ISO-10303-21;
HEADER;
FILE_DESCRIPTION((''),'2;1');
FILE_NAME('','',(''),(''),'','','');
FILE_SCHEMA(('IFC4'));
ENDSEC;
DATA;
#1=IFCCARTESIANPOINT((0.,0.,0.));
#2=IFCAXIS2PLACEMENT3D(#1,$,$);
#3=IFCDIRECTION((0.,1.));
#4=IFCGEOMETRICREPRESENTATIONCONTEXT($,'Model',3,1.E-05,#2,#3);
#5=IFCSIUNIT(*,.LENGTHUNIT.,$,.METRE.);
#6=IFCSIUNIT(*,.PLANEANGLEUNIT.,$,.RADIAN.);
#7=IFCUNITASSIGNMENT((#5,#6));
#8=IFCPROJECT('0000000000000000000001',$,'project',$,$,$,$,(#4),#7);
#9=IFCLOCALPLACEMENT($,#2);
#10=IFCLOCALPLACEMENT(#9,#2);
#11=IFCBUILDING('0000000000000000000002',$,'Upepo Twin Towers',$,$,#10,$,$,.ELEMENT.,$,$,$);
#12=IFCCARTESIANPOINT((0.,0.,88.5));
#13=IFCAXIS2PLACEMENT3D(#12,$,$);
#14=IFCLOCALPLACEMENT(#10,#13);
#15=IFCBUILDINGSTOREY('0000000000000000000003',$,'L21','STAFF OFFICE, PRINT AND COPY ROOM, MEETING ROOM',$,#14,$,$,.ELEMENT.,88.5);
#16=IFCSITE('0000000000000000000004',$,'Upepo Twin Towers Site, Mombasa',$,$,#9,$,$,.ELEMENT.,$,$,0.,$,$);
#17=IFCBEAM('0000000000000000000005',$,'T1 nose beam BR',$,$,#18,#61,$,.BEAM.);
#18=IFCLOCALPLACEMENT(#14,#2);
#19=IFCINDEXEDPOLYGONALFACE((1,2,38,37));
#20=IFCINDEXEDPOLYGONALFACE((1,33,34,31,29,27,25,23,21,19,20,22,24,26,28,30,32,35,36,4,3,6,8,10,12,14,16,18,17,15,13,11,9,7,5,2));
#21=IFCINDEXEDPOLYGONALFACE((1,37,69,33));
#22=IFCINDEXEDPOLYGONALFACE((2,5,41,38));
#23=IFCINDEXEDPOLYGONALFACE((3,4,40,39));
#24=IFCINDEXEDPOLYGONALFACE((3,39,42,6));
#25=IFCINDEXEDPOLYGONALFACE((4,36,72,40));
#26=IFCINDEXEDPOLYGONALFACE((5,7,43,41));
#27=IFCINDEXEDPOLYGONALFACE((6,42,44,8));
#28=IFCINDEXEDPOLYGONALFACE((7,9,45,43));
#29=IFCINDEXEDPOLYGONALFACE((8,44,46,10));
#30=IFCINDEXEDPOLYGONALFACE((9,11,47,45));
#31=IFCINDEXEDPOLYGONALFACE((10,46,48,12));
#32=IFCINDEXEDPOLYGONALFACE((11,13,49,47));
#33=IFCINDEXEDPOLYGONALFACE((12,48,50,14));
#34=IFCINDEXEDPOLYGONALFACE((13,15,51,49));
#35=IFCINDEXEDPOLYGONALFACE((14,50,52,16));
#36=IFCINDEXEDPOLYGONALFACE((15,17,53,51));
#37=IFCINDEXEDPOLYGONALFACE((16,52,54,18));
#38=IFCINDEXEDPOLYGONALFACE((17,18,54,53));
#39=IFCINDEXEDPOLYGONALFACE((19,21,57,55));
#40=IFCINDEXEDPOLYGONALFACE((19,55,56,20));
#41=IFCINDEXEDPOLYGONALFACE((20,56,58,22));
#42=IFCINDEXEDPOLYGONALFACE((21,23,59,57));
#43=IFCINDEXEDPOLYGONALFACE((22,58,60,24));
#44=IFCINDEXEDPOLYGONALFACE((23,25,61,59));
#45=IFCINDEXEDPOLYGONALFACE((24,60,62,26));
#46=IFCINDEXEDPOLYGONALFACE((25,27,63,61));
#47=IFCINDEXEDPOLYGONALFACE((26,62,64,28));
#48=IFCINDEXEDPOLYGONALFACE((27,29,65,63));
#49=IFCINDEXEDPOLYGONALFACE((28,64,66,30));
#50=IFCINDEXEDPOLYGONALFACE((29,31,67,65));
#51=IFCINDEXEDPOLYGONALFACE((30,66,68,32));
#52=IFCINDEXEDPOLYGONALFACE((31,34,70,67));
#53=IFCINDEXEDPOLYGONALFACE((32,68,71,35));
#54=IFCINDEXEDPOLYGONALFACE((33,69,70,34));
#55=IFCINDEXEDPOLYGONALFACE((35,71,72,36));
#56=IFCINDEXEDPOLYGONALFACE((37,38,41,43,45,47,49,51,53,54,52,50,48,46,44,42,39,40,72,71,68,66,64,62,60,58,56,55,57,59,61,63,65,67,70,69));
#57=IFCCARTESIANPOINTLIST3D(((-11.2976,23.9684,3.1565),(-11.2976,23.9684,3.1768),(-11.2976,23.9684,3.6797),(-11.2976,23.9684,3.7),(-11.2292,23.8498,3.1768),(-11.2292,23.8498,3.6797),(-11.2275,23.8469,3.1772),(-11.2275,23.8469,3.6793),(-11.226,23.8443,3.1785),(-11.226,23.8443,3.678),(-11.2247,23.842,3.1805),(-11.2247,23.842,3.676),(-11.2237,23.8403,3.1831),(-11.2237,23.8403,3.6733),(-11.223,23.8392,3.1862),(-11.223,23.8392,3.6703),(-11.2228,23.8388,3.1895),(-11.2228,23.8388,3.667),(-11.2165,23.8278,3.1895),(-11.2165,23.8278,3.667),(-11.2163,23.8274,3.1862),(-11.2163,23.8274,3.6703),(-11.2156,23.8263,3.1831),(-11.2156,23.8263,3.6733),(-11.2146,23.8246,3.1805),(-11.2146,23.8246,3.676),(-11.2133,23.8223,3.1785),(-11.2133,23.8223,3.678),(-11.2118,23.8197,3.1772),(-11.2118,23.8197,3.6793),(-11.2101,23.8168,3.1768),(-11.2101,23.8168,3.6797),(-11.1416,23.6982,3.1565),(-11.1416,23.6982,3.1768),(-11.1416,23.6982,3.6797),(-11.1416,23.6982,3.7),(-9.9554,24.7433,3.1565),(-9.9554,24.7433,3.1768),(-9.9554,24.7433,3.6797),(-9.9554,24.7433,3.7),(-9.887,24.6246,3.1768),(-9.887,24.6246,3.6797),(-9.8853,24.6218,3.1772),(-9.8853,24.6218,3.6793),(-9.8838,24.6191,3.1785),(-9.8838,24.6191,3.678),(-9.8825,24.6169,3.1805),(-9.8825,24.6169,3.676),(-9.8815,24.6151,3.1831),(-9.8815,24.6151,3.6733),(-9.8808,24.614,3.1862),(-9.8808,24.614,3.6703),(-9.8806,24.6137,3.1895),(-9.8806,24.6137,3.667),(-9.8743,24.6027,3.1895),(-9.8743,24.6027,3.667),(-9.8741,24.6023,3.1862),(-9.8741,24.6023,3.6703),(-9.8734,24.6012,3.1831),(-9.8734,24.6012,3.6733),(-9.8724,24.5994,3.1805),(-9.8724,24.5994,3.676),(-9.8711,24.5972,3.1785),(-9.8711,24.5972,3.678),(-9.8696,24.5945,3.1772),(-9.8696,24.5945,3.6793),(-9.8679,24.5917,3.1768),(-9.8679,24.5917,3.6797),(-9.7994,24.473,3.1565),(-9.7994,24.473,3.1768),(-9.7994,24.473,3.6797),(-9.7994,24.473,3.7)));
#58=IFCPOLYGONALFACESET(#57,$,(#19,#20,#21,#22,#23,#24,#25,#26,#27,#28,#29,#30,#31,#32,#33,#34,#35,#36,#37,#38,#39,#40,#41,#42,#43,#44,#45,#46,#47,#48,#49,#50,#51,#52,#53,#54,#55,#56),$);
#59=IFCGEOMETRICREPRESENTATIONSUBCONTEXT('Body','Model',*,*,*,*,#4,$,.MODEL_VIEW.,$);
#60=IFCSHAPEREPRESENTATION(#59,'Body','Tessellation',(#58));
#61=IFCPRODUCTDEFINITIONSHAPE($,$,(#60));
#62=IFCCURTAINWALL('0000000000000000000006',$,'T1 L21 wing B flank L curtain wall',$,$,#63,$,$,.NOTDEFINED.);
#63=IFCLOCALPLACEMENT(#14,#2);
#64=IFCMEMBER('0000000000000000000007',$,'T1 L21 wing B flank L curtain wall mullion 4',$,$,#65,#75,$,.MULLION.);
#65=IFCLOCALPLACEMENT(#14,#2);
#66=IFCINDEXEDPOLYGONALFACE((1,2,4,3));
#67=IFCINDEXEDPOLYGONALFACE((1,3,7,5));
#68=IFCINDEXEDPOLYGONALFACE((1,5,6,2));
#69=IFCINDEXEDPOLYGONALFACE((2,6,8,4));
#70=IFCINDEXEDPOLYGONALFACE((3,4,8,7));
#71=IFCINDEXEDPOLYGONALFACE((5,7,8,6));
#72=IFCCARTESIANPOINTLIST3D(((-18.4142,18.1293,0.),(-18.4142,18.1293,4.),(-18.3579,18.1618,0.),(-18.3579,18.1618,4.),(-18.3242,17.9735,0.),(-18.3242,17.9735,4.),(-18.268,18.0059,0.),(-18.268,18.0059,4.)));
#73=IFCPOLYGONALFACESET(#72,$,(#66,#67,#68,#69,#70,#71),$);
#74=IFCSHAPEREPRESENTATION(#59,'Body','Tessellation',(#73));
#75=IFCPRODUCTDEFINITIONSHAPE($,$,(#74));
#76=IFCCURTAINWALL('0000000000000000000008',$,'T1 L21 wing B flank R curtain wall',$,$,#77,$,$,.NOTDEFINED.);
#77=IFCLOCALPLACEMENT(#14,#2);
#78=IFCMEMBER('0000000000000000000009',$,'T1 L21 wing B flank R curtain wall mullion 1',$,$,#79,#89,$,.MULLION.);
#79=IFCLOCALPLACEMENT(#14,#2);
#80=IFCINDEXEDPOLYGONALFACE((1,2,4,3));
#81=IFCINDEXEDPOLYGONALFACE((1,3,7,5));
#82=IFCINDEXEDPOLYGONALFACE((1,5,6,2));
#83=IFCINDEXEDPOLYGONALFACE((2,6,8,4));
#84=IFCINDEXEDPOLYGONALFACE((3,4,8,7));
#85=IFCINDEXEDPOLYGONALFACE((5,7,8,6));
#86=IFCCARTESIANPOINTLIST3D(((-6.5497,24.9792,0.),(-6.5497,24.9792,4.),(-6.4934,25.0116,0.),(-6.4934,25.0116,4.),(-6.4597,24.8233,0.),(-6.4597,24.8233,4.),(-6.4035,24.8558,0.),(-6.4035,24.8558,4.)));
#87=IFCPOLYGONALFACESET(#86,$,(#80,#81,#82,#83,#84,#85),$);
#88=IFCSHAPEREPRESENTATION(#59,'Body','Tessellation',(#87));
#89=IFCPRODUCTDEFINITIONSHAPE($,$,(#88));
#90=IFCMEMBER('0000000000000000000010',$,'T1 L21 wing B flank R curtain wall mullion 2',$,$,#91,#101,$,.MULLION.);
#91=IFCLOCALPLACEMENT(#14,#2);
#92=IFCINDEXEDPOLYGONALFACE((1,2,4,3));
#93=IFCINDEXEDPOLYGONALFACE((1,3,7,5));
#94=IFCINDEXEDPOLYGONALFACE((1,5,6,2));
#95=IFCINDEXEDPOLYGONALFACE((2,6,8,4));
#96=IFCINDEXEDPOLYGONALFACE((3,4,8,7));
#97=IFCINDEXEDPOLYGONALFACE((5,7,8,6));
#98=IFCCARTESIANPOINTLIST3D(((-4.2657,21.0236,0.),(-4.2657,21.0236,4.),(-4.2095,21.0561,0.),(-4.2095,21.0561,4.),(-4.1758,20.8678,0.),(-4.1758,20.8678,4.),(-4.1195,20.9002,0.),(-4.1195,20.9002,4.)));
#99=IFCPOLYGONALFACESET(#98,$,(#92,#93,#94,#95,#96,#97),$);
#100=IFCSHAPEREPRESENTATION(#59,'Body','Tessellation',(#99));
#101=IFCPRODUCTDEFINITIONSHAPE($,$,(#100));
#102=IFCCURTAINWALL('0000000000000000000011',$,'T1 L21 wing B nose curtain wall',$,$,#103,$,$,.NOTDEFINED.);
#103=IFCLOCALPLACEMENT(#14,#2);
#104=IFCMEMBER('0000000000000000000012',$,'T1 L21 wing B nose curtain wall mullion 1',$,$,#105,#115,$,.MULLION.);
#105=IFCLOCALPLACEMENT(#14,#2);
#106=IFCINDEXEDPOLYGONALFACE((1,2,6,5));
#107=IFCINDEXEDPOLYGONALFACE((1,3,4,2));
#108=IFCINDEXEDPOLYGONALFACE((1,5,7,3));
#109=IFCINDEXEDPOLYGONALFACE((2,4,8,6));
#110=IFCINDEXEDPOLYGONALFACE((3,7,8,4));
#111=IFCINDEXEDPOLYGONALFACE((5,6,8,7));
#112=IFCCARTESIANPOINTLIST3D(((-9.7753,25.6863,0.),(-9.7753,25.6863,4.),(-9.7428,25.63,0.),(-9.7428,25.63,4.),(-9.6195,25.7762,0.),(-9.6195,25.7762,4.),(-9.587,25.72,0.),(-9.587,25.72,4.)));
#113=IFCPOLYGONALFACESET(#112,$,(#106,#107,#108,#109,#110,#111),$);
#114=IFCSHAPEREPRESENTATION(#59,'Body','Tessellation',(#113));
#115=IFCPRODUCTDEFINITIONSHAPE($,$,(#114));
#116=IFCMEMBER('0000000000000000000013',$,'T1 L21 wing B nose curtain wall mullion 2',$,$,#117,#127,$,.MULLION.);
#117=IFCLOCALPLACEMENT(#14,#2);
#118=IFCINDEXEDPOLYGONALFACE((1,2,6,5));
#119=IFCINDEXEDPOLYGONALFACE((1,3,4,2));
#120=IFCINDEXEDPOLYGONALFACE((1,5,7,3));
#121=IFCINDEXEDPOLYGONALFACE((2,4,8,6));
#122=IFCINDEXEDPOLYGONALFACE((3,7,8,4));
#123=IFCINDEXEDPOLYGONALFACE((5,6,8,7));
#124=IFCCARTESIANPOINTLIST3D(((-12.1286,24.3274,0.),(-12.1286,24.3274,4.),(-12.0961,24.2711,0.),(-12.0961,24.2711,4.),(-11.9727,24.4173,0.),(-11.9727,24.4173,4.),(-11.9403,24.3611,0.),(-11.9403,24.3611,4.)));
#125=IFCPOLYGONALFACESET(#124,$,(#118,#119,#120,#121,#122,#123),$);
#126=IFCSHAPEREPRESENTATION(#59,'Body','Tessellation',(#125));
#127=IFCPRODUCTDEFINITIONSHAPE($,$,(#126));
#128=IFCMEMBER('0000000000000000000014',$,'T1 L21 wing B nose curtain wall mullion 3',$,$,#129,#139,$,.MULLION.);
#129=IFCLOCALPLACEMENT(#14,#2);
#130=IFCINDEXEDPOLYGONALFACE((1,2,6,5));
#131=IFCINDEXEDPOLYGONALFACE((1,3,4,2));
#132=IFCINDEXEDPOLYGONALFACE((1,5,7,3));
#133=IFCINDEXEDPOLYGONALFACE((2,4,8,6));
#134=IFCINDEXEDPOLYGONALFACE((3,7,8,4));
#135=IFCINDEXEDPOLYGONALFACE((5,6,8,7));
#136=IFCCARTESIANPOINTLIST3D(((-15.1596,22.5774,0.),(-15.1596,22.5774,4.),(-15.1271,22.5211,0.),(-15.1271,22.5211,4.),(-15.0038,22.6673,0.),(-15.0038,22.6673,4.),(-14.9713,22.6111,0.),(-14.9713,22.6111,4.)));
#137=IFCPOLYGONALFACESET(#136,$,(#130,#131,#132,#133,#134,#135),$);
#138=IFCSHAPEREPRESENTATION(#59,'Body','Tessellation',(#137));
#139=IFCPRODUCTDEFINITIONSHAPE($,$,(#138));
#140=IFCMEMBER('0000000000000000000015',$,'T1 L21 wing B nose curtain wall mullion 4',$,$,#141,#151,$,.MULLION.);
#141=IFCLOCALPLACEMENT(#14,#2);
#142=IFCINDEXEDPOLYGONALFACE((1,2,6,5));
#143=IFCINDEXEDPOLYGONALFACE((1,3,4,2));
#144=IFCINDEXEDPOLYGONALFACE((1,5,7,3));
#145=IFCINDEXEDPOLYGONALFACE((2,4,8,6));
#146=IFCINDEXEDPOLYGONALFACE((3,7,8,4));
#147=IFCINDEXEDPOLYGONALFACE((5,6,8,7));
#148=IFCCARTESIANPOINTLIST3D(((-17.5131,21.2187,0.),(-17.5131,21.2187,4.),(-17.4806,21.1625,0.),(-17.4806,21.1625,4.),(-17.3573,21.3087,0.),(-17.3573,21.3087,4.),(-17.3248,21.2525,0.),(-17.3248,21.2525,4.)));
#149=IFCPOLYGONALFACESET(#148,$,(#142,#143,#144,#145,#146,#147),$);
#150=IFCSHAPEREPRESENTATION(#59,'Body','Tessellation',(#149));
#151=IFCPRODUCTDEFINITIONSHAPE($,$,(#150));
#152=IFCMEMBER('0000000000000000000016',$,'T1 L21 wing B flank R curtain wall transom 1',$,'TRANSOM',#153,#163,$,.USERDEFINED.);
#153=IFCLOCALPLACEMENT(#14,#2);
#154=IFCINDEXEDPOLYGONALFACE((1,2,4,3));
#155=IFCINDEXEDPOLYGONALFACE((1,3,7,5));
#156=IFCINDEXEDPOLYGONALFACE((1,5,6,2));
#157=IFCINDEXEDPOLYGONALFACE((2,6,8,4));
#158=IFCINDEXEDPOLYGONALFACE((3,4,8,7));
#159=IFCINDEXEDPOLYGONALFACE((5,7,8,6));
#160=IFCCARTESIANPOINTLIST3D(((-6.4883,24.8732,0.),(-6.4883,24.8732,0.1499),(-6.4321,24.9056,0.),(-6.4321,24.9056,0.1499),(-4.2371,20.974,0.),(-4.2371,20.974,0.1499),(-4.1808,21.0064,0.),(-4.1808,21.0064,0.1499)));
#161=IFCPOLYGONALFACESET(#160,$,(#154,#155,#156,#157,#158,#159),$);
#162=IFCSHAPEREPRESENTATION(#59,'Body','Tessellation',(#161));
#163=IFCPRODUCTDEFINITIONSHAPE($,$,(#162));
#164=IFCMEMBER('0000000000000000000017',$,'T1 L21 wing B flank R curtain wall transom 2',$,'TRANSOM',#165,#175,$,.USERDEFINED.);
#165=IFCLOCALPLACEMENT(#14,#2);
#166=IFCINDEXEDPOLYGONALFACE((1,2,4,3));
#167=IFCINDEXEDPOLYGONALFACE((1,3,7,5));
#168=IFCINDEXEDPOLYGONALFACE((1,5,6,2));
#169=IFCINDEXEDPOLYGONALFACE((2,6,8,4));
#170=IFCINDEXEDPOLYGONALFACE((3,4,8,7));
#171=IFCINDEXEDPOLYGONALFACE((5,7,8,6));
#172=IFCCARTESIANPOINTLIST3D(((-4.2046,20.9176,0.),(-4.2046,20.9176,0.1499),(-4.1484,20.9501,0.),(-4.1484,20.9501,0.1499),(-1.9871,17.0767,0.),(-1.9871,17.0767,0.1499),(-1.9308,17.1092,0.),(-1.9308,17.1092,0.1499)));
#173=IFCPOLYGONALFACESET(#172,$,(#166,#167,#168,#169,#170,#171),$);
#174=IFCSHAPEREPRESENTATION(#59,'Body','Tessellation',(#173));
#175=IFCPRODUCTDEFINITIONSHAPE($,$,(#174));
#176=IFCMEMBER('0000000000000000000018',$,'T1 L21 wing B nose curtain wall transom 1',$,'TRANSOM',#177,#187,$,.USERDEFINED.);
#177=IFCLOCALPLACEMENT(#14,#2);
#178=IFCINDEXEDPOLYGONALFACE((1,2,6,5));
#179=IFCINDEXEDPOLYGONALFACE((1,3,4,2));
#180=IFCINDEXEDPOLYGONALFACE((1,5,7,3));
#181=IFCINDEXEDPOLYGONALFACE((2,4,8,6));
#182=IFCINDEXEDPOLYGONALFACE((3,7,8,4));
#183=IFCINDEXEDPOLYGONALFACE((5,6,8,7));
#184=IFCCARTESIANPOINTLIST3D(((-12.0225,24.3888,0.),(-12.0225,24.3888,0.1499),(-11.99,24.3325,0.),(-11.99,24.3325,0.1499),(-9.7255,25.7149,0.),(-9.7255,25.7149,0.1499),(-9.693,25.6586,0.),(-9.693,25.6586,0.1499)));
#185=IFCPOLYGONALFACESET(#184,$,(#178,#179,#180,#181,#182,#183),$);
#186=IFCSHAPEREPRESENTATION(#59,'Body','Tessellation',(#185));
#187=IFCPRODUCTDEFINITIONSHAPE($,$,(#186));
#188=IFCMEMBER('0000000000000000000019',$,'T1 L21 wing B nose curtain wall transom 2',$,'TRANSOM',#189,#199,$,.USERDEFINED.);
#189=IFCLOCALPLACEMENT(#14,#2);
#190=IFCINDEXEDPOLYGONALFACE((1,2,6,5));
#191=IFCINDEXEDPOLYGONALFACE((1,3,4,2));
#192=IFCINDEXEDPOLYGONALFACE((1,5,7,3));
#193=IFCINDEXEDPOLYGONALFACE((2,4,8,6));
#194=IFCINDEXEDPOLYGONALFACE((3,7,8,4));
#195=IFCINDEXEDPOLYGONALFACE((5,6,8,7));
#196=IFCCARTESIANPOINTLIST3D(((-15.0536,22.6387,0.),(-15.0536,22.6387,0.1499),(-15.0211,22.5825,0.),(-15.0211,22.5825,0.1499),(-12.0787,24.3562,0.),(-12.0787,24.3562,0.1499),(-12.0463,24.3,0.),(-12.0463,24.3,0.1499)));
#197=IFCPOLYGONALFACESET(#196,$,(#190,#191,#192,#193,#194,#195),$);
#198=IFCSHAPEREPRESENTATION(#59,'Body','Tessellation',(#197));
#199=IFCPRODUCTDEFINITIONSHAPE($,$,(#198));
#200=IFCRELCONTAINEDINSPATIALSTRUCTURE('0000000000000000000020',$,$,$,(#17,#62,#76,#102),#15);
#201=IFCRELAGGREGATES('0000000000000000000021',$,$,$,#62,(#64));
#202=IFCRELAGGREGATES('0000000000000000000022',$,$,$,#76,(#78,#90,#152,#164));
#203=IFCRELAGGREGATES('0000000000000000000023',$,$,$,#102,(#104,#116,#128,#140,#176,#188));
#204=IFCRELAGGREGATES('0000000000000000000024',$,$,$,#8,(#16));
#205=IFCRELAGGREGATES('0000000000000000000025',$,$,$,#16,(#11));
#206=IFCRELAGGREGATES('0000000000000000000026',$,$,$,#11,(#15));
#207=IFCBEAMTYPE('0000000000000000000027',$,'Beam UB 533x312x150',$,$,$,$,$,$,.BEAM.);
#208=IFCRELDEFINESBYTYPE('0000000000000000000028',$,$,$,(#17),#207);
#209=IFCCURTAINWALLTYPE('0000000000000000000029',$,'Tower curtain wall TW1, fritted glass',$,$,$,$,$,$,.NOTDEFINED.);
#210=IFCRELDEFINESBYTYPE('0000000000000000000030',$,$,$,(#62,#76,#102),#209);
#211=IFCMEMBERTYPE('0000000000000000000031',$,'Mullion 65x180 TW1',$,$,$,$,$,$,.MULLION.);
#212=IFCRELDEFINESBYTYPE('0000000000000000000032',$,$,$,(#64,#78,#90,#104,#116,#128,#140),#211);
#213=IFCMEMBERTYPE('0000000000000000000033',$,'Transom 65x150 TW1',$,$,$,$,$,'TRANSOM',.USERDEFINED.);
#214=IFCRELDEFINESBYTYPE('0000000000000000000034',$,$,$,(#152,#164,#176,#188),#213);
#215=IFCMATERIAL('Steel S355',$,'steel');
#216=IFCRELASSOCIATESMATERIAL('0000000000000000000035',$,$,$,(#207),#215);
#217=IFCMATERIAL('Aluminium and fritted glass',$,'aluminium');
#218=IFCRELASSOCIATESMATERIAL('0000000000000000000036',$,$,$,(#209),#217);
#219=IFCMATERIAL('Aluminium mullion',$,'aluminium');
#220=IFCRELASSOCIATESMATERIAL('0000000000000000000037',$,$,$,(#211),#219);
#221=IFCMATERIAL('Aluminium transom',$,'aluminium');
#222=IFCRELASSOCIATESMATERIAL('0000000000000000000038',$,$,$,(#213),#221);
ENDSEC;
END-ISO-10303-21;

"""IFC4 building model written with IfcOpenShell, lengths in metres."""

from ifc_helpers import new_model, si_unit, direction, frame, origin, origin_2d, place, context, subcontext, project, spatial, rectangle, i_section, extrude, material, material_profile, profile_set, type_object, element, aggregate, save


model = new_model("IFC4")

# Units and contexts
model_context = context("Model", 3, precision=1e-05, world=origin(), true_north=direction((0.0, 1.0)))
body_context = subcontext(model_context, "Body", "Model", "MODEL_VIEW")
ifc_project = project(units=[si_unit("LENGTHUNIT", "METRE"), si_unit("PLANEANGLEUNIT", "RADIAN")], contexts=[model_context])

# Site, building, storey
site_placement = place(None, origin())
site = spatial("IfcSite", under=ifc_project, at=site_placement, Name="Upepo Twin Towers Site, Mombasa", CompositionType="ELEMENT", RefElevation=0.0)
building_placement = place(site_placement, origin())
building = spatial("IfcBuilding", under=site, at=building_placement, Name="Upepo Twin Towers", CompositionType="ELEMENT")
storey_placement = place(building_placement, frame((0.0, 0.0, 88.5)))
storey = spatial("IfcBuildingStorey", under=building, at=storey_placement, Name="L21", Description="STAFF OFFICE, PRINT AND COPY ROOM, MEETING ROOM", CompositionType="ELEMENT", Elevation=88.5)

# Beam
ifc_material_1 = material(Name="Steel S355", Category="steel")
ifc_material_profile_1 = material_profile(ifc_material_1, i_section(OverallWidth=0.312, OverallDepth=0.5435, WebThickness=0.0127, FlangeThickness=0.0203, FilletRadius=0.0127, at=origin_2d()), Name="UB 533x312x150")
ifc_profile_set_1 = profile_set([ifc_material_profile_1], Name="Steel S355")
beam_type_1 = type_object("IfcBeamType", Name="Beam UB 533x312x150", PredefinedType="BEAM", material=ifc_profile_set_1)
for number, where, z_axis, x_axis, name in (
    (1, (-9.8774, 24.6082, 3.4282), (-0.866044, -0.499968, 0.0), (0.499968, -0.866044, 0.0), "T1 nose beam BR"),
):
    element("IfcBeam", number, at=place(storey_placement, frame(where, z_axis=z_axis, x_axis=x_axis)), inside=storey, type_object=beam_type_1, Name=name, PredefinedType="BEAM", context=body_context, shape_type="SweptSolid", body=[
        extrude(i_section(OverallWidth=0.312, OverallDepth=0.5435, WebThickness=0.0127, FlangeThickness=0.0203, FilletRadius=0.0127, at=origin_2d()), origin(), (0.0, 0.0, 1.0), 1.5498),
    ])

# Curtain wall, member
ifc_material_2 = material(Name="Aluminium and fritted glass", Category="aluminium")
curtain_wall_type = type_object("IfcCurtainWallType", Name="Tower curtain wall TW1, fritted glass", PredefinedType="NOTDEFINED", material=ifc_material_2)
curtain_wall_1_placement = place(storey_placement, origin())
curtain_wall_1 = element("IfcCurtainWall", 2, at=curtain_wall_1_placement, inside=storey, type_object=curtain_wall_type, Name="T1 L21 wing B flank L curtain wall", PredefinedType="NOTDEFINED")
ifc_material_3 = material(Name="Aluminium mullion", Category="aluminium")
ifc_material_profile_2 = material_profile(ifc_material_3, rectangle(XDim=0.0649, YDim=0.1799, at=origin_2d()), Name="MULLION 65x180")
ifc_profile_set_2 = profile_set([ifc_material_profile_2], Name="Aluminium mullion")
member_type_1 = type_object("IfcMemberType", Name="Mullion 65x180 TW1", PredefinedType="MULLION", material=ifc_profile_set_2)
member_1_placement = place(storey_placement, frame((-18.3411, 18.0676, 0.0), z_axis=(0.0, 0.0, 1.0), x_axis=(-0.866025, -0.5, 0.0)))
member_1 = element("IfcMember", 3, at=member_1_placement, type_object=member_type_1, Name="T1 L21 wing B flank L curtain wall mullion 4", PredefinedType="MULLION", context=body_context, shape_type="SweptSolid", body=[
    extrude(rectangle(XDim=0.0649, YDim=0.1799, at=origin_2d()), origin(), (0.0, 0.0, 1.0), 4.0),
])
aggregate(curtain_wall_1, [member_1])

# Curtain walls, members
curtain_wall_2_placement = place(storey_placement, origin())
curtain_wall_2 = element("IfcCurtainWall", 4, at=curtain_wall_2_placement, inside=storey, type_object=curtain_wall_type, Name="T1 L21 wing B flank R curtain wall", PredefinedType="NOTDEFINED")
member_2_placement = place(storey_placement, frame((-6.4766, 24.9175, 0.0), z_axis=(0.0, 0.0, 1.0), x_axis=(0.866025, 0.5, 0.0)))
member_2 = element("IfcMember", 5, at=member_2_placement, type_object=member_type_1, Name="T1 L21 wing B flank R curtain wall mullion 1", PredefinedType="MULLION", context=body_context, shape_type="SweptSolid", body=[
    extrude(rectangle(XDim=0.0649, YDim=0.1799, at=origin_2d()), origin(), (0.0, 0.0, 1.0), 4.0),
])
member_3_placement = place(storey_placement, frame((-4.1926, 20.9619, 0.0), z_axis=(0.0, 0.0, 1.0), x_axis=(0.866025, 0.5, 0.0)))
member_3 = element("IfcMember", 6, at=member_3_placement, type_object=member_type_1, Name="T1 L21 wing B flank R curtain wall mullion 2", PredefinedType="MULLION", context=body_context, shape_type="SweptSolid", body=[
    extrude(rectangle(XDim=0.0649, YDim=0.1799, at=origin_2d()), origin(), (0.0, 0.0, 1.0), 4.0),
])
curtain_wall_3_placement = place(storey_placement, origin())
curtain_wall_3 = element("IfcCurtainWall", 7, at=curtain_wall_3_placement, inside=storey, type_object=curtain_wall_type, Name="T1 L21 wing B nose curtain wall", PredefinedType="NOTDEFINED")
member_4_placement = place(storey_placement, frame((-9.6812, 25.7031, 0.0), z_axis=(0.0, 0.0, 1.0), x_axis=(0.5, -0.866025, 0.0)))
member_4 = element("IfcMember", 8, at=member_4_placement, type_object=member_type_1, Name="T1 L21 wing B nose curtain wall mullion 1", PredefinedType="MULLION", context=body_context, shape_type="SweptSolid", body=[
    extrude(rectangle(XDim=0.0649, YDim=0.1799, at=origin_2d()), origin(), (0.0, 0.0, 1.0), 4.0),
])
member_5_placement = place(storey_placement, frame((-12.0344, 24.3442, 0.0), z_axis=(0.0, 0.0, 1.0), x_axis=(0.5, -0.866025, 0.0)))
member_5 = element("IfcMember", 9, at=member_5_placement, type_object=member_type_1, Name="T1 L21 wing B nose curtain wall mullion 2", PredefinedType="MULLION", context=body_context, shape_type="SweptSolid", body=[
    extrude(rectangle(XDim=0.0649, YDim=0.1799, at=origin_2d()), origin(), (0.0, 0.0, 1.0), 4.0),
])
member_6_placement = place(storey_placement, frame((-15.0654, 22.5942, 0.0), z_axis=(0.0, 0.0, 1.0), x_axis=(0.5, -0.866025, 0.0)))
member_6 = element("IfcMember", 10, at=member_6_placement, type_object=member_type_1, Name="T1 L21 wing B nose curtain wall mullion 3", PredefinedType="MULLION", context=body_context, shape_type="SweptSolid", body=[
    extrude(rectangle(XDim=0.0649, YDim=0.1799, at=origin_2d()), origin(), (0.0, 0.0, 1.0), 4.0),
])
member_7_placement = place(storey_placement, frame((-17.4189, 21.2356, 0.0), z_axis=(0.0, 0.0, 1.0), x_axis=(0.5, -0.866025, 0.0)))
member_7 = element("IfcMember", 11, at=member_7_placement, type_object=member_type_1, Name="T1 L21 wing B nose curtain wall mullion 4", PredefinedType="MULLION", context=body_context, shape_type="SweptSolid", body=[
    extrude(rectangle(XDim=0.0649, YDim=0.1799, at=origin_2d()), origin(), (0.0, 0.0, 1.0), 4.0),
])

# Members
ifc_material_4 = material(Name="Aluminium transom", Category="aluminium")
ifc_material_profile_3 = material_profile(ifc_material_4, rectangle(XDim=0.0649, YDim=0.1499, at=origin_2d()), Name="TRANSOM 65x150")
ifc_profile_set_3 = profile_set([ifc_material_profile_3], Name="Aluminium transom")
member_type_2 = type_object("IfcMemberType", Name="Transom 65x150 TW1", ElementType="TRANSOM", PredefinedType="USERDEFINED", material=ifc_profile_set_3)
member_8_placement = place(storey_placement, frame((-6.4602, 24.8894, 0.075), z_axis=(0.500006, -0.866022, 0.0), x_axis=(0.866022, 0.500006, 0.0)))
member_8 = element("IfcMember", 12, at=member_8_placement, type_object=member_type_2, Name="T1 L21 wing B flank R curtain wall transom 1", ObjectType="TRANSOM", PredefinedType="USERDEFINED", context=body_context, shape_type="SweptSolid", body=[
    extrude(rectangle(XDim=0.0649, YDim=0.1499, at=origin_2d()), origin(), (0.0, 0.0, 1.0), 4.5024),
])
member_9_placement = place(storey_placement, frame((-4.1765, 20.9338, 0.075), z_axis=(0.500005, -0.866022, 0.0), x_axis=(0.866022, 0.500005, 0.0)))
member_9 = element("IfcMember", 13, at=member_9_placement, type_object=member_type_2, Name="T1 L21 wing B flank R curtain wall transom 2", ObjectType="TRANSOM", PredefinedType="USERDEFINED", context=body_context, shape_type="SweptSolid", body=[
    extrude(rectangle(XDim=0.0649, YDim=0.1499, at=origin_2d()), origin(), (0.0, 0.0, 1.0), 4.4351),
])
member_10_placement = place(storey_placement, frame((-9.7092, 25.6868, 0.075), z_axis=(-0.866037, -0.49998, 0.0), x_axis=(0.49998, -0.866037, 0.0)))
member_10 = element("IfcMember", 14, at=member_10_placement, type_object=member_type_2, Name="T1 L21 wing B nose curtain wall transom 1", ObjectType="TRANSOM", PredefinedType="USERDEFINED", context=body_context, shape_type="SweptSolid", body=[
    extrude(rectangle(XDim=0.0649, YDim=0.1499, at=origin_2d()), origin(), (0.0, 0.0, 1.0), 2.6523),
])
member_11_placement = place(storey_placement, frame((-12.0625, 24.3281, 0.075), z_axis=(-0.866026, -0.499999, 0.0), x_axis=(0.499999, -0.866026, 0.0)))
member_11 = element("IfcMember", 15, at=member_11_placement, type_object=member_type_2, Name="T1 L21 wing B nose curtain wall transom 2", ObjectType="TRANSOM", PredefinedType="USERDEFINED", context=body_context, shape_type="SweptSolid", body=[
    extrude(rectangle(XDim=0.0649, YDim=0.1499, at=origin_2d()), origin(), (0.0, 0.0, 1.0), 3.4351),
])

aggregate(curtain_wall_2, [member_2, member_3, member_8, member_9])
aggregate(curtain_wall_3, [member_4, member_5, member_6, member_7, member_10, member_11])

save(model, "model.ifc")
